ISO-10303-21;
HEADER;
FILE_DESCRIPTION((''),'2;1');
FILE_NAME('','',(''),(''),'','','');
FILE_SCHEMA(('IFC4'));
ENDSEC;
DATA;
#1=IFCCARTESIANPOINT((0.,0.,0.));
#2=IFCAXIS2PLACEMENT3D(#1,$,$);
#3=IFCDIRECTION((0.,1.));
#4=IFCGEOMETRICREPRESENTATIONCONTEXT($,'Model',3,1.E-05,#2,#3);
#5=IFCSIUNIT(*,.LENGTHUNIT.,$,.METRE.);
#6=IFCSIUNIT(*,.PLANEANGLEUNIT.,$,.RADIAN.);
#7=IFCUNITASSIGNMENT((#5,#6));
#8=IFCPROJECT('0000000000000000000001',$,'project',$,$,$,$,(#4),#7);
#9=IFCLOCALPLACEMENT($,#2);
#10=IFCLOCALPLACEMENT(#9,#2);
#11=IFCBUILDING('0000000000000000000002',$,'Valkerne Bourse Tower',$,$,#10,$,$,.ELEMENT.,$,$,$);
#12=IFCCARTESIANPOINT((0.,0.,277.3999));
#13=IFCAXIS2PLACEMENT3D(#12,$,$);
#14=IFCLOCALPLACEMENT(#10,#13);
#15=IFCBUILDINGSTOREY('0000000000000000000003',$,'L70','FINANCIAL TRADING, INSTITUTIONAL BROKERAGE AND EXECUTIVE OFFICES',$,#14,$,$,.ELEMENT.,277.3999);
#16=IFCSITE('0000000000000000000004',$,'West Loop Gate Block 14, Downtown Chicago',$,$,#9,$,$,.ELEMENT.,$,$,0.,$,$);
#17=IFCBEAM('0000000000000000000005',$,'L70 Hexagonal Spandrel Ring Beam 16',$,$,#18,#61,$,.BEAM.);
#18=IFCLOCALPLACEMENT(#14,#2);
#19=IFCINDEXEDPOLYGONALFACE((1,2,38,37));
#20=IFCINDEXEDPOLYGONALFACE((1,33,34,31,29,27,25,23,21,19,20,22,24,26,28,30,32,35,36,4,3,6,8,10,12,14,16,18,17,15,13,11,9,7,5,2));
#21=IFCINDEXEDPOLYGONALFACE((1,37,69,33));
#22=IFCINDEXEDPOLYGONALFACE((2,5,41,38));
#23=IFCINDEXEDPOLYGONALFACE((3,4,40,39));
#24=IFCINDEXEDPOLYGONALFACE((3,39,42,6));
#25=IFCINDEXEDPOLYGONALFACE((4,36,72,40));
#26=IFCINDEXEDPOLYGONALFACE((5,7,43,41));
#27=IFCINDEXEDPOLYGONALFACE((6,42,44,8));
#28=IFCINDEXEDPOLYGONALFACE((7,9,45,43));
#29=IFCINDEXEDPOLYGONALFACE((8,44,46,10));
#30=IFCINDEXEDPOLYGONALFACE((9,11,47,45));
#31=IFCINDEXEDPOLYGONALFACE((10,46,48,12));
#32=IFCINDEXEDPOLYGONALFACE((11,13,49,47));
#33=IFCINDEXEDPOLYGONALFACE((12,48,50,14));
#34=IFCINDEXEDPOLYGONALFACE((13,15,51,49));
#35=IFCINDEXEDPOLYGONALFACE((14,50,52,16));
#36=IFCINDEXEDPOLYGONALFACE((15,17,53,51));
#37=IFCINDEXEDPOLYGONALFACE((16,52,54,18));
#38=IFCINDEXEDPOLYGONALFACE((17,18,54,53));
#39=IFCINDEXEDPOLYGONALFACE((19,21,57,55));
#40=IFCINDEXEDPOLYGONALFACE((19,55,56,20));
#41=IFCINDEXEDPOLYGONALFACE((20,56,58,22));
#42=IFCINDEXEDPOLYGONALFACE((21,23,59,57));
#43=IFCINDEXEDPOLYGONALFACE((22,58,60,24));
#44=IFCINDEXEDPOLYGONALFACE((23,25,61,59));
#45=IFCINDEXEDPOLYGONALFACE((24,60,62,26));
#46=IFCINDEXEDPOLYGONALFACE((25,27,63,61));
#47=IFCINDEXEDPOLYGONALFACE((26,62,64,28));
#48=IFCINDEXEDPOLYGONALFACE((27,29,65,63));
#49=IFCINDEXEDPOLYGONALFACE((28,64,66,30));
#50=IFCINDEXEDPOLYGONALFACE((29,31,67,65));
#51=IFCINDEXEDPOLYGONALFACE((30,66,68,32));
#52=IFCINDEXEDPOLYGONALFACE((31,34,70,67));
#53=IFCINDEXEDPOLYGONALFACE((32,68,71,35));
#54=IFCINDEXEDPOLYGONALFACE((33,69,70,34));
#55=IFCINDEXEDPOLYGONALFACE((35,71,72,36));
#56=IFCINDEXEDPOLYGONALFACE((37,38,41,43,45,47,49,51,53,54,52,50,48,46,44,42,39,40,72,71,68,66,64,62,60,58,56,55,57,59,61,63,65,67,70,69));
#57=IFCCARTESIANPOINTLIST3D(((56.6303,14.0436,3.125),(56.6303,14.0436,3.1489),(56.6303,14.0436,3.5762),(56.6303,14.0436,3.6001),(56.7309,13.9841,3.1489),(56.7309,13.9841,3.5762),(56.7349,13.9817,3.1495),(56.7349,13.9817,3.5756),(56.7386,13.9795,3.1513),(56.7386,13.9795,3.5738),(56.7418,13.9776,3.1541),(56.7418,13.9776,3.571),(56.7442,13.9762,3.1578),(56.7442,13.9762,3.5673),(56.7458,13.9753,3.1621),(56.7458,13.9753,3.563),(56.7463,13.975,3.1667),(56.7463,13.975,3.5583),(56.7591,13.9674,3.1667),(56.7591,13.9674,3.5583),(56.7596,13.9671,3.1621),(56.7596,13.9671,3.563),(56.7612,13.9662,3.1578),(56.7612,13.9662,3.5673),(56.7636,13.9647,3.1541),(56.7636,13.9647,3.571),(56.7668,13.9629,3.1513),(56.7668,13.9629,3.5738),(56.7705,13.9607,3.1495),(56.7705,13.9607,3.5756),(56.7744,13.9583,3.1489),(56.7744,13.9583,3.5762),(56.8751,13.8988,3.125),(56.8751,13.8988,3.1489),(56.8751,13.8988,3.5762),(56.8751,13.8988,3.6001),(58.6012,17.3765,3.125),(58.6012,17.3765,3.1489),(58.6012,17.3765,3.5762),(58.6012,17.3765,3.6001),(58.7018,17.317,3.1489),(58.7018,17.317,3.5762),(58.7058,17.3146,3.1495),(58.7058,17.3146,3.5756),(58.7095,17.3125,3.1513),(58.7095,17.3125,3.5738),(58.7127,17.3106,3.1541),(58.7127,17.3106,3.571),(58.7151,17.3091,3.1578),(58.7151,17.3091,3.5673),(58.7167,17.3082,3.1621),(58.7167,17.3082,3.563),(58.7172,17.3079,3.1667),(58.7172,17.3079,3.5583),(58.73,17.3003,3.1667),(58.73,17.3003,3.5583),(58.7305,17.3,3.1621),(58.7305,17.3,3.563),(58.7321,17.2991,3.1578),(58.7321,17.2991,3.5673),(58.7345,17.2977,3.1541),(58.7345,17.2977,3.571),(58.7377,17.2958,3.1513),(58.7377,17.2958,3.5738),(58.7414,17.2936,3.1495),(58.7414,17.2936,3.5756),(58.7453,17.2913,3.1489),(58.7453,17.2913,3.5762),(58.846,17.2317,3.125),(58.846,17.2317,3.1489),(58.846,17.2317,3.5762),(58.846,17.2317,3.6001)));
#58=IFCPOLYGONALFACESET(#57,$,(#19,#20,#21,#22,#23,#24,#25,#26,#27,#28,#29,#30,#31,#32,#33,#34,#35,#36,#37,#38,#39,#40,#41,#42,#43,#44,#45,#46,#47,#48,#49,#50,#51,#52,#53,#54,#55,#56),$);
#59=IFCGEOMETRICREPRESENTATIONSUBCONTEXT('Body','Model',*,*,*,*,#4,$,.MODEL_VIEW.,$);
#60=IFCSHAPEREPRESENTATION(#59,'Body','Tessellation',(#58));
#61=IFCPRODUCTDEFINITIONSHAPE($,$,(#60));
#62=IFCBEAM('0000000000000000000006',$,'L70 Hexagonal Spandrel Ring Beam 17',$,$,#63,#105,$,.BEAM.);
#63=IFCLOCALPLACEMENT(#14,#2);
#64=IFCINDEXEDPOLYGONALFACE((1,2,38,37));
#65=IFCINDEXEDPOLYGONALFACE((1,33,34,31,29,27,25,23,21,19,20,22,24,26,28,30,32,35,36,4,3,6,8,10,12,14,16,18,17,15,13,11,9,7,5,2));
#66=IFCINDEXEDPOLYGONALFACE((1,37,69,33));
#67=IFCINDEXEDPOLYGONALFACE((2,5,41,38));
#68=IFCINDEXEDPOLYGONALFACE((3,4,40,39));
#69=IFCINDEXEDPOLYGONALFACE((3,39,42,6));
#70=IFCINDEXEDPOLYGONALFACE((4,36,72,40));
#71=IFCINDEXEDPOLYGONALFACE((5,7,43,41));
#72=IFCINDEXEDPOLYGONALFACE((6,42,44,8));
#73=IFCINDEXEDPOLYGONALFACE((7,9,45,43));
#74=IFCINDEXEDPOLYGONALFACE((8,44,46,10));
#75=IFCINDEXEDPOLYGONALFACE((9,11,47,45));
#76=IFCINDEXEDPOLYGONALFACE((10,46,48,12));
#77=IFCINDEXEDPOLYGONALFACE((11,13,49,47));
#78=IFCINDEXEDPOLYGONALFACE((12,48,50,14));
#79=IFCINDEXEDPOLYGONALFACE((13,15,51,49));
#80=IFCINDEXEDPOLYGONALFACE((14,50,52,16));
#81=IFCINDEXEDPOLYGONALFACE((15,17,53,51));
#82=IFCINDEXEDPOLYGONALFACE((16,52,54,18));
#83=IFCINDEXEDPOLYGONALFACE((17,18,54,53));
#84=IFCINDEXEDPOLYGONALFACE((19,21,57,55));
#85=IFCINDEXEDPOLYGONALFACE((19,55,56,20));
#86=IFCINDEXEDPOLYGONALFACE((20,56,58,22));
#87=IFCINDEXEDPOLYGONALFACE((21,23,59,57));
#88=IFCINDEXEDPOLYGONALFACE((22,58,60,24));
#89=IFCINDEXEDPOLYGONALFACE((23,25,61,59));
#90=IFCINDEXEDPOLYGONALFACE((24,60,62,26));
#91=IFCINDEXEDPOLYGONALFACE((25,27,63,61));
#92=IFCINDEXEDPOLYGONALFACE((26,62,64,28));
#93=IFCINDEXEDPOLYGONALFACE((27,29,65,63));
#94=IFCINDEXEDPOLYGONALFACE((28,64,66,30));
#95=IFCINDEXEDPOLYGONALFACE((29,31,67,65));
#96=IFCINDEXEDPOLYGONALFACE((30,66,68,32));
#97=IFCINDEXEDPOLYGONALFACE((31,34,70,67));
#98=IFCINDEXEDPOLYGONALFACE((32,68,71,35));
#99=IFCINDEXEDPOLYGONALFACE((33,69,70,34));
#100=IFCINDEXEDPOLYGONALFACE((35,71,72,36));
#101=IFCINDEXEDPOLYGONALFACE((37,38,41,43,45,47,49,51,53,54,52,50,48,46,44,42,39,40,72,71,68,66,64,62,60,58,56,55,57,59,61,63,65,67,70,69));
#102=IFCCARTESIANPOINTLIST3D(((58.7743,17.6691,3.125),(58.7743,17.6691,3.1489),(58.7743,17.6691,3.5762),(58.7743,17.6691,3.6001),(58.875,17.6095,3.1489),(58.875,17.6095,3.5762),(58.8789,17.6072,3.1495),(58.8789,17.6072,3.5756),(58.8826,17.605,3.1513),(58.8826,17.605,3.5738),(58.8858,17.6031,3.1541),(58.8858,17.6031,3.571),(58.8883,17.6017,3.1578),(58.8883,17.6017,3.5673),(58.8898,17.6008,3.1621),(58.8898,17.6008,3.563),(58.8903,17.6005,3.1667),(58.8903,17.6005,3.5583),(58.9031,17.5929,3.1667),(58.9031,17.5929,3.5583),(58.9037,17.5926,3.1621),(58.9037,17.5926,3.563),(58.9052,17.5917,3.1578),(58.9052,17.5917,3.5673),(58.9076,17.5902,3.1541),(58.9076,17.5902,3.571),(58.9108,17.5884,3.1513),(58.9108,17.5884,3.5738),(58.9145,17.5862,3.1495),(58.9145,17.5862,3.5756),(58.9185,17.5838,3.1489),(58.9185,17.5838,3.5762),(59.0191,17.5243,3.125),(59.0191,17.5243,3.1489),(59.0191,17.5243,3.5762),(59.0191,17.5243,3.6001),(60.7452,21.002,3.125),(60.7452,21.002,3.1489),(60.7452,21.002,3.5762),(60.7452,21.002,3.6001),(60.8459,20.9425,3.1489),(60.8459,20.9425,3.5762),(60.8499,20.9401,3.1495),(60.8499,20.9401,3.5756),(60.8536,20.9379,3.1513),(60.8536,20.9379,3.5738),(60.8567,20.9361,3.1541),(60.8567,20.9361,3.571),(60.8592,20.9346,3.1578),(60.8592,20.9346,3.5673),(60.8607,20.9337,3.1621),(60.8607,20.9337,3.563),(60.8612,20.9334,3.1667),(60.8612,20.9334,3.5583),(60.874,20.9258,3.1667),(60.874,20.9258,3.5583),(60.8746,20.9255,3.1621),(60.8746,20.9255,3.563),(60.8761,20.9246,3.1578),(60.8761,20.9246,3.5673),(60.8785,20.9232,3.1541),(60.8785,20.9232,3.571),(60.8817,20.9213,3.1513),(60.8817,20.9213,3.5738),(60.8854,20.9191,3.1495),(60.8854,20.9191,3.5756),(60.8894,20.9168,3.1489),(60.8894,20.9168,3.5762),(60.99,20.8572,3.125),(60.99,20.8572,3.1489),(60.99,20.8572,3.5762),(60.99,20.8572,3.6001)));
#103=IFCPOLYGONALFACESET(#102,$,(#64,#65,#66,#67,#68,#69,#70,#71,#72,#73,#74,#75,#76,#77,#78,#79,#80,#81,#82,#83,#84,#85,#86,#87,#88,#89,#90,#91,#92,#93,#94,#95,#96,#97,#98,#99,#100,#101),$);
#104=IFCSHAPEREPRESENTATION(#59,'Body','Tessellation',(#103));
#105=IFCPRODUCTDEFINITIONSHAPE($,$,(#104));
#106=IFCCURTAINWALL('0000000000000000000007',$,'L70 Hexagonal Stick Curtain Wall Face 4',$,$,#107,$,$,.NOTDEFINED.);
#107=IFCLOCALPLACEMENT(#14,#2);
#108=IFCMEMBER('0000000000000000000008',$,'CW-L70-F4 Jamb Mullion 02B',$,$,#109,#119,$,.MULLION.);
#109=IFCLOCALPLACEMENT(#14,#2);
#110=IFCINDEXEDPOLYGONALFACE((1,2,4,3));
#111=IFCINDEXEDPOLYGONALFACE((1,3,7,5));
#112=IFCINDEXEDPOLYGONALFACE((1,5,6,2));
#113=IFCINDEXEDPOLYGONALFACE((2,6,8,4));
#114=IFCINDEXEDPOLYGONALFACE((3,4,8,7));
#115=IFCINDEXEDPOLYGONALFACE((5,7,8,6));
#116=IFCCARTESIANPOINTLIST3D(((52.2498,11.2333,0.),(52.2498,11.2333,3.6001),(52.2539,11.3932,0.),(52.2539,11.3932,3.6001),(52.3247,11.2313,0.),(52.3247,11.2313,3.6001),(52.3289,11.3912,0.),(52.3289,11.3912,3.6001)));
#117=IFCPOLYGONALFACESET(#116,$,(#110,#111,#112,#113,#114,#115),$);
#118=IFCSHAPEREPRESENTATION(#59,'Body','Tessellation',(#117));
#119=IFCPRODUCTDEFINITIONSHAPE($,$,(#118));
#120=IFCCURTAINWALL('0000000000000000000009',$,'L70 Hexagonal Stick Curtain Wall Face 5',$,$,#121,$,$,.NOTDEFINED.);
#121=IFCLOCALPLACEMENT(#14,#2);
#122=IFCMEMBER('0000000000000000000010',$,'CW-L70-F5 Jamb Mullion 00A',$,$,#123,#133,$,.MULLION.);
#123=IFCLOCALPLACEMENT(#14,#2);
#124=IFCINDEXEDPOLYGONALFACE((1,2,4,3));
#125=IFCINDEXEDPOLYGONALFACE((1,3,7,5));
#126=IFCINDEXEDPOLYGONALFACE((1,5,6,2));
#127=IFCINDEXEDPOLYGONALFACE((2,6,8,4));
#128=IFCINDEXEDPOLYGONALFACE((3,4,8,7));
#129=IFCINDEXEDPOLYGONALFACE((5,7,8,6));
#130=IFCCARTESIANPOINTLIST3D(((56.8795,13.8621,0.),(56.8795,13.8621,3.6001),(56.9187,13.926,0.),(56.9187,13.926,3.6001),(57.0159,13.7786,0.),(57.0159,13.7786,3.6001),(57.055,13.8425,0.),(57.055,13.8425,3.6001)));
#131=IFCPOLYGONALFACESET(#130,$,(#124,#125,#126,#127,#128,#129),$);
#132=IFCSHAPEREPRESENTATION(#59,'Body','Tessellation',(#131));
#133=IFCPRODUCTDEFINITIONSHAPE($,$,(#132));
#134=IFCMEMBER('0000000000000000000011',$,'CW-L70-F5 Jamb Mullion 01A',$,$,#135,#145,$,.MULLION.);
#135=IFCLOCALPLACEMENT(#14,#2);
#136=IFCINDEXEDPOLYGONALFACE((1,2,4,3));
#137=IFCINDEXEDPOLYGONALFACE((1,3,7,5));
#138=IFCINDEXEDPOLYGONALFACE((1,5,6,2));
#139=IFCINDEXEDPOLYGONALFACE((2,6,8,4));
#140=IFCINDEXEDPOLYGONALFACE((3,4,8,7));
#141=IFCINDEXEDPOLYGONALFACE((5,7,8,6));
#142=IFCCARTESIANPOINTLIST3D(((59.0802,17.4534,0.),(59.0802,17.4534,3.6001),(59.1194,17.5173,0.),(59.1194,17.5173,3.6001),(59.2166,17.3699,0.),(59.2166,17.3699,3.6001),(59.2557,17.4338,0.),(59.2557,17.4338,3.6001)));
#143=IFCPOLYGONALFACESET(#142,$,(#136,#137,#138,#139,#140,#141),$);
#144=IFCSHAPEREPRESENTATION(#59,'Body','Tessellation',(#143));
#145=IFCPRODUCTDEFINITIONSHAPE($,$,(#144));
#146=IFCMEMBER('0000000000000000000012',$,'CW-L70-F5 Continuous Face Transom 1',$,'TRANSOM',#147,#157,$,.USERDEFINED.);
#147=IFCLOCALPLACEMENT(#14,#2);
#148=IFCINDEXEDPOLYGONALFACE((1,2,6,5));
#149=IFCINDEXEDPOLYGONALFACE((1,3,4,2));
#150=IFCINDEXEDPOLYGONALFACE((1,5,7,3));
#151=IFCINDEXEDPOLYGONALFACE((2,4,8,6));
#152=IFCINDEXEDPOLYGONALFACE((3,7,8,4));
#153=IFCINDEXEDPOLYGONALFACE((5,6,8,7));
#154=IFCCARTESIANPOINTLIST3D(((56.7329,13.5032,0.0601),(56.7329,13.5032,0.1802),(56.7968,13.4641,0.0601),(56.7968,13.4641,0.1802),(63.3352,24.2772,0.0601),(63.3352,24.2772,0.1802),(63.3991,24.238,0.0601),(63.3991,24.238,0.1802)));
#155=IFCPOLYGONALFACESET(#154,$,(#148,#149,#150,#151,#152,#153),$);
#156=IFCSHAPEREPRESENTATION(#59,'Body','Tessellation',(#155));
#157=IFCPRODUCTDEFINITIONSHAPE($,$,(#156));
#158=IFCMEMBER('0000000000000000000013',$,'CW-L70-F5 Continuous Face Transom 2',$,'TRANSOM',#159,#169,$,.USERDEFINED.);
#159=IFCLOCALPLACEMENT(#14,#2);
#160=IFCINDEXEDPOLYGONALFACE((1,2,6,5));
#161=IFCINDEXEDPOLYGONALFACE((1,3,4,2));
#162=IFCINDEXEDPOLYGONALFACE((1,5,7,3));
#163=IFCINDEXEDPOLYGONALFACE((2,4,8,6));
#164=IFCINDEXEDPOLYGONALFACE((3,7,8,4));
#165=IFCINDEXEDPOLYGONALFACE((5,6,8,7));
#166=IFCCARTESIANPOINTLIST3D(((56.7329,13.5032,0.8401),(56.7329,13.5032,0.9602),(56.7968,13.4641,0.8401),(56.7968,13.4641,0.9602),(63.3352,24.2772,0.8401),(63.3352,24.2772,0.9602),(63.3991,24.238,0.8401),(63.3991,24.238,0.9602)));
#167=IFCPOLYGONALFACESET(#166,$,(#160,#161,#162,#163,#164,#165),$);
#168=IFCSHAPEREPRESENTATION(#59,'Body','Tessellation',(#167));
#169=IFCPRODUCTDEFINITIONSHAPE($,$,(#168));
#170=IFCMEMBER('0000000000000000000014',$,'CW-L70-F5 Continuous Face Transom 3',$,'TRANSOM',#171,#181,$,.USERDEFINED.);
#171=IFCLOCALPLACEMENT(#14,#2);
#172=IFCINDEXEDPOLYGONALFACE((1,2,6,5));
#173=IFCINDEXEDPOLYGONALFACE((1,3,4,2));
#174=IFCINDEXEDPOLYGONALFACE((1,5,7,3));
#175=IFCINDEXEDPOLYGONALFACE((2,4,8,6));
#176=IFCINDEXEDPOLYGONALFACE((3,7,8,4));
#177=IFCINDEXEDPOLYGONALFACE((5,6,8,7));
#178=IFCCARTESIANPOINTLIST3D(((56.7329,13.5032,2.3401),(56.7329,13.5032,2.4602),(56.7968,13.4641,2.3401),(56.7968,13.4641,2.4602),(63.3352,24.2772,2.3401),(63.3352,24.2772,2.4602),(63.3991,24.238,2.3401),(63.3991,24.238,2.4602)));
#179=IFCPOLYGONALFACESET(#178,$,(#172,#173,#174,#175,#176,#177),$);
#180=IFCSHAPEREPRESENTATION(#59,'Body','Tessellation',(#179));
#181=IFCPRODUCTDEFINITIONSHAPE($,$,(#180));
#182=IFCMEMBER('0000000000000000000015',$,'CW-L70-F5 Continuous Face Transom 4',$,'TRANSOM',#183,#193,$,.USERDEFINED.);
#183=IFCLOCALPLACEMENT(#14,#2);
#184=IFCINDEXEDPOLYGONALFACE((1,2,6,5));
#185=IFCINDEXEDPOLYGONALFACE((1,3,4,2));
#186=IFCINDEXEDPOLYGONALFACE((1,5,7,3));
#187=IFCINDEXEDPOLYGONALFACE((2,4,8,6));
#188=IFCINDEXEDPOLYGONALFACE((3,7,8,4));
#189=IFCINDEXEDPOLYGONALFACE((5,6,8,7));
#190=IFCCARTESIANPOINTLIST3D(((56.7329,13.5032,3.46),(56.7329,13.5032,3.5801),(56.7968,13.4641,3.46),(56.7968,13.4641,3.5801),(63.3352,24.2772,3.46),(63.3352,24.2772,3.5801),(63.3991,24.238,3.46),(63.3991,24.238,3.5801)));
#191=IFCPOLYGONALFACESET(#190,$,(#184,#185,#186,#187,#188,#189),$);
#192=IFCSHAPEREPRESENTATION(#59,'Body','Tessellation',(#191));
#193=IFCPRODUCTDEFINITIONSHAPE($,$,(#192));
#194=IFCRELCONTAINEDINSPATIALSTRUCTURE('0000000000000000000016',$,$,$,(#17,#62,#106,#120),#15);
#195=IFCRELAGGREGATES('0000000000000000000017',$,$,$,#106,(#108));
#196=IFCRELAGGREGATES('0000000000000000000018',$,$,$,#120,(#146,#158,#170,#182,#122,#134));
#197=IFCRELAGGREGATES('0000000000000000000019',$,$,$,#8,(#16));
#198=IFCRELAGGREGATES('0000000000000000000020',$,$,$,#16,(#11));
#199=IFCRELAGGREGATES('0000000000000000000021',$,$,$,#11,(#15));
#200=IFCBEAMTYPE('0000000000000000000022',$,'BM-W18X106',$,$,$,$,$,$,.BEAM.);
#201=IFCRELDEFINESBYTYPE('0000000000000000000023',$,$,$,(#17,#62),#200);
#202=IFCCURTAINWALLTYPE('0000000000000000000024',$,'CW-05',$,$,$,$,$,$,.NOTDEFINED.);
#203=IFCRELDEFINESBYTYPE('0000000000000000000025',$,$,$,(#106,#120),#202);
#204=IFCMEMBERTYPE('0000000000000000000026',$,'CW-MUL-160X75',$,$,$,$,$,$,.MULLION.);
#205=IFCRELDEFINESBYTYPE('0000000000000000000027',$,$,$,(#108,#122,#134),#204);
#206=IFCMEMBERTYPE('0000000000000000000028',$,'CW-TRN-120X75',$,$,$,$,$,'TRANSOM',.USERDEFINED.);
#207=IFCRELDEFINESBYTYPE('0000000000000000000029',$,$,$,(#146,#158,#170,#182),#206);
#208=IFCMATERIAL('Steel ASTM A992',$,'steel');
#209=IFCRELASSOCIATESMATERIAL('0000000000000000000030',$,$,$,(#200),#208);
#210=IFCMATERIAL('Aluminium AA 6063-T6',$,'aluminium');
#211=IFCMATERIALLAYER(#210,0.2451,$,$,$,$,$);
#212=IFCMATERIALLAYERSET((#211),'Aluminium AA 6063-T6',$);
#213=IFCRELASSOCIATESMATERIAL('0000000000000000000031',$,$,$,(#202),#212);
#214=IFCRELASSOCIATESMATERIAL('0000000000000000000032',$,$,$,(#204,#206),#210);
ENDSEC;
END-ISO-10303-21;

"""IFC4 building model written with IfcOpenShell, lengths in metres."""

from ifc_helpers import new_model, si_unit, direction, frame, origin, origin_2d, place, context, subcontext, project, spatial, rectangle, i_section, extrude, material, layer, layer_set, material_profile, profile_set, type_object, element, aggregate, save


model = new_model("IFC4")

# Units and contexts
model_context = context("Model", 3, precision=1e-05, world=origin(), true_north=direction((0.0, 1.0)))
body_context = subcontext(model_context, "Body", "Model", "MODEL_VIEW")
ifc_project = project(units=[si_unit("LENGTHUNIT", "METRE"), si_unit("PLANEANGLEUNIT", "RADIAN")], contexts=[model_context])

# Site, building, storey
site_placement = place(None, origin())
site = spatial("IfcSite", under=ifc_project, at=site_placement, Name="West Loop Gate Block 14, Downtown Chicago", CompositionType="ELEMENT", RefElevation=0.0)
building_placement = place(site_placement, origin())
building = spatial("IfcBuilding", under=site, at=building_placement, Name="Valkerne Bourse Tower", CompositionType="ELEMENT")
storey_placement = place(building_placement, frame((0.0, 0.0, 277.3999)))
storey = spatial("IfcBuildingStorey", under=building, at=storey_placement, Name="L70", Description="FINANCIAL TRADING, INSTITUTIONAL BROKERAGE AND EXECUTIVE OFFICES", CompositionType="ELEMENT", Elevation=277.3999)

# Beams
ifc_material_1 = material(Name="Steel ASTM A992", Category="steel")
ifc_material_profile_1 = material_profile(ifc_material_1, i_section(OverallWidth=0.2844, OverallDepth=0.4751, WebThickness=0.0149, FlangeThickness=0.0239, FilletRadius=0.0178, at=origin_2d()), Name="W18X106")
ifc_profile_set_1 = profile_set([ifc_material_profile_1], Name="Steel ASTM A992")
beam_type = type_object("IfcBeamType", Name="BM-W18X106", PredefinedType="BEAM", material=ifc_profile_set_1)
for number, where, z_axis, x_axis, name in (
    (1, (56.7527, 13.9712, 3.3625), (0.509005, 0.860763, 0.0), (-0.860763, 0.509005, 0.0), "L70 Hexagonal Spandrel Ring Beam 16"),
    (2, (58.8967, 17.5967, 3.3625), (0.509005, 0.860763, 0.0), (-0.860763, 0.509005, 0.0), "L70 Hexagonal Spandrel Ring Beam 17"),
):
    element("IfcBeam", number, at=place(storey_placement, frame(where, z_axis=z_axis, x_axis=x_axis)), inside=storey, type_object=beam_type, Name=name, PredefinedType="BEAM", context=body_context, shape_type="SweptSolid", body=[
        extrude(i_section(OverallWidth=0.2844, OverallDepth=0.4751, WebThickness=0.0149, FlangeThickness=0.0239, FilletRadius=0.0178, at=origin_2d()), origin(), (0.0, 0.0, 1.0), 3.8721),
    ])

# Curtain wall, member
ifc_material_2 = material(Name="Aluminium AA 6063-T6", Category="aluminium")
ifc_layer_1 = layer(ifc_material_2, 0.2451)
ifc_layer_set_1 = layer_set([ifc_layer_1], Name="Aluminium AA 6063-T6")
curtain_wall_type = type_object("IfcCurtainWallType", Name="CW-05", PredefinedType="NOTDEFINED", material=ifc_layer_set_1)
curtain_wall_1_placement = place(storey_placement, origin())
curtain_wall_1 = element("IfcCurtainWall", 3, at=curtain_wall_1_placement, inside=storey, type_object=curtain_wall_type, Name="L70 Hexagonal Stick Curtain Wall Face 4", PredefinedType="NOTDEFINED")
ifc_material_profile_2 = material_profile(ifc_material_2, rectangle(XDim=0.075, YDim=0.1599, at=origin_2d()), Name="CWM-75X160")
ifc_profile_set_2 = profile_set([ifc_material_profile_2], Name="Aluminium AA 6063-T6")
member_type_1 = type_object("IfcMemberType", Name="CW-MUL-160X75", PredefinedType="MULLION", material=ifc_profile_set_2)
member_1_placement = place(storey_placement, frame((52.2893, 11.3123, 0.0), z_axis=(0.0, 0.0, 1.0), x_axis=(0.999658, -0.026163, 0.0)))
member_1 = element("IfcMember", 4, at=member_1_placement, type_object=member_type_1, Name="CW-L70-F4 Jamb Mullion 02B", PredefinedType="MULLION", context=body_context, shape_type="SweptSolid", body=[
    extrude(rectangle(XDim=0.075, YDim=0.1599, at=origin_2d()), origin(), (0.0, 0.0, 1.0), 3.6001),
])
aggregate(curtain_wall_1, [member_1])

# Curtain wall, members
curtain_wall_2_placement = place(storey_placement, origin())
curtain_wall_2 = element("IfcCurtainWall", 5, at=curtain_wall_2_placement, inside=storey, type_object=curtain_wall_type, Name="L70 Hexagonal Stick Curtain Wall Face 5", PredefinedType="NOTDEFINED")
member_2_placement = place(storey_placement, frame((56.9673, 13.8523, 0.0), z_axis=(0.0, 0.0, 1.0), x_axis=(0.522507, 0.852635, 0.0)))
member_2 = element("IfcMember", 6, at=member_2_placement, type_object=member_type_1, Name="CW-L70-F5 Jamb Mullion 00A", PredefinedType="MULLION", context=body_context, shape_type="SweptSolid", body=[
    extrude(rectangle(XDim=0.075, YDim=0.1599, at=origin_2d()), origin(), (0.0, 0.0, 1.0), 3.6001),
])
member_3_placement = place(storey_placement, frame((59.168, 17.4436, 0.0), z_axis=(0.0, 0.0, 1.0), x_axis=(0.52249, 0.852646, 0.0)))
member_3 = element("IfcMember", 7, at=member_3_placement, type_object=member_type_1, Name="CW-L70-F5 Jamb Mullion 01A", PredefinedType="MULLION", context=body_context, shape_type="SweptSolid", body=[
    extrude(rectangle(XDim=0.075, YDim=0.1599, at=origin_2d()), origin(), (0.0, 0.0, 1.0), 3.6001),
])
ifc_material_profile_3 = material_profile(ifc_material_2, rectangle(XDim=0.075, YDim=0.1201, at=origin_2d()), Name="CWT-75X120")
ifc_profile_set_3 = profile_set([ifc_material_profile_3], Name="Aluminium AA 6063-T6")
member_type_2 = type_object("IfcMemberType", Name="CW-TRN-120X75", ElementType="TRANSOM", PredefinedType="USERDEFINED", material=ifc_profile_set_3)
member_4_placement = place(storey_placement, frame((56.7649, 13.4836, 0.1201), z_axis=(0.5225, 0.852639, 0.0), x_axis=(-0.852639, 0.5225, 0.0)))
member_4 = element("IfcMember", 8, at=member_4_placement, type_object=member_type_2, Name="CW-L70-F5 Continuous Face Transom 1", ObjectType="TRANSOM", PredefinedType="USERDEFINED", context=body_context, shape_type="SweptSolid", body=[
    extrude(rectangle(XDim=0.075, YDim=0.1201, at=origin_2d()), origin(), (0.0, 0.0, 1.0), 12.636),
])
member_5_placement = place(storey_placement, frame((56.7649, 13.4836, 0.9001), z_axis=(0.5225, 0.852639, 0.0), x_axis=(-0.852639, 0.5225, 0.0)))
member_5 = element("IfcMember", 9, at=member_5_placement, type_object=member_type_2, Name="CW-L70-F5 Continuous Face Transom 2", ObjectType="TRANSOM", PredefinedType="USERDEFINED", context=body_context, shape_type="SweptSolid", body=[
    extrude(rectangle(XDim=0.075, YDim=0.1201, at=origin_2d()), origin(), (0.0, 0.0, 1.0), 12.636),
])
member_6_placement = place(storey_placement, frame((56.7649, 13.4836, 2.4001), z_axis=(0.5225, 0.852639, 0.0), x_axis=(-0.852639, 0.5225, 0.0)))
member_6 = element("IfcMember", 10, at=member_6_placement, type_object=member_type_2, Name="CW-L70-F5 Continuous Face Transom 3", ObjectType="TRANSOM", PredefinedType="USERDEFINED", context=body_context, shape_type="SweptSolid", body=[
    extrude(rectangle(XDim=0.075, YDim=0.1201, at=origin_2d()), origin(), (0.0, 0.0, 1.0), 12.636),
])
member_7_placement = place(storey_placement, frame((56.7649, 13.4836, 3.52), z_axis=(0.5225, 0.852639, 0.0), x_axis=(-0.852639, 0.5225, 0.0)))
member_7 = element("IfcMember", 11, at=member_7_placement, type_object=member_type_2, Name="CW-L70-F5 Continuous Face Transom 4", ObjectType="TRANSOM", PredefinedType="USERDEFINED", context=body_context, shape_type="SweptSolid", body=[
    extrude(rectangle(XDim=0.075, YDim=0.1201, at=origin_2d()), origin(), (0.0, 0.0, 1.0), 12.636),
])

aggregate(curtain_wall_2, [member_4, member_5, member_6, member_7, member_2, member_3])

save(model, "model.ifc")
